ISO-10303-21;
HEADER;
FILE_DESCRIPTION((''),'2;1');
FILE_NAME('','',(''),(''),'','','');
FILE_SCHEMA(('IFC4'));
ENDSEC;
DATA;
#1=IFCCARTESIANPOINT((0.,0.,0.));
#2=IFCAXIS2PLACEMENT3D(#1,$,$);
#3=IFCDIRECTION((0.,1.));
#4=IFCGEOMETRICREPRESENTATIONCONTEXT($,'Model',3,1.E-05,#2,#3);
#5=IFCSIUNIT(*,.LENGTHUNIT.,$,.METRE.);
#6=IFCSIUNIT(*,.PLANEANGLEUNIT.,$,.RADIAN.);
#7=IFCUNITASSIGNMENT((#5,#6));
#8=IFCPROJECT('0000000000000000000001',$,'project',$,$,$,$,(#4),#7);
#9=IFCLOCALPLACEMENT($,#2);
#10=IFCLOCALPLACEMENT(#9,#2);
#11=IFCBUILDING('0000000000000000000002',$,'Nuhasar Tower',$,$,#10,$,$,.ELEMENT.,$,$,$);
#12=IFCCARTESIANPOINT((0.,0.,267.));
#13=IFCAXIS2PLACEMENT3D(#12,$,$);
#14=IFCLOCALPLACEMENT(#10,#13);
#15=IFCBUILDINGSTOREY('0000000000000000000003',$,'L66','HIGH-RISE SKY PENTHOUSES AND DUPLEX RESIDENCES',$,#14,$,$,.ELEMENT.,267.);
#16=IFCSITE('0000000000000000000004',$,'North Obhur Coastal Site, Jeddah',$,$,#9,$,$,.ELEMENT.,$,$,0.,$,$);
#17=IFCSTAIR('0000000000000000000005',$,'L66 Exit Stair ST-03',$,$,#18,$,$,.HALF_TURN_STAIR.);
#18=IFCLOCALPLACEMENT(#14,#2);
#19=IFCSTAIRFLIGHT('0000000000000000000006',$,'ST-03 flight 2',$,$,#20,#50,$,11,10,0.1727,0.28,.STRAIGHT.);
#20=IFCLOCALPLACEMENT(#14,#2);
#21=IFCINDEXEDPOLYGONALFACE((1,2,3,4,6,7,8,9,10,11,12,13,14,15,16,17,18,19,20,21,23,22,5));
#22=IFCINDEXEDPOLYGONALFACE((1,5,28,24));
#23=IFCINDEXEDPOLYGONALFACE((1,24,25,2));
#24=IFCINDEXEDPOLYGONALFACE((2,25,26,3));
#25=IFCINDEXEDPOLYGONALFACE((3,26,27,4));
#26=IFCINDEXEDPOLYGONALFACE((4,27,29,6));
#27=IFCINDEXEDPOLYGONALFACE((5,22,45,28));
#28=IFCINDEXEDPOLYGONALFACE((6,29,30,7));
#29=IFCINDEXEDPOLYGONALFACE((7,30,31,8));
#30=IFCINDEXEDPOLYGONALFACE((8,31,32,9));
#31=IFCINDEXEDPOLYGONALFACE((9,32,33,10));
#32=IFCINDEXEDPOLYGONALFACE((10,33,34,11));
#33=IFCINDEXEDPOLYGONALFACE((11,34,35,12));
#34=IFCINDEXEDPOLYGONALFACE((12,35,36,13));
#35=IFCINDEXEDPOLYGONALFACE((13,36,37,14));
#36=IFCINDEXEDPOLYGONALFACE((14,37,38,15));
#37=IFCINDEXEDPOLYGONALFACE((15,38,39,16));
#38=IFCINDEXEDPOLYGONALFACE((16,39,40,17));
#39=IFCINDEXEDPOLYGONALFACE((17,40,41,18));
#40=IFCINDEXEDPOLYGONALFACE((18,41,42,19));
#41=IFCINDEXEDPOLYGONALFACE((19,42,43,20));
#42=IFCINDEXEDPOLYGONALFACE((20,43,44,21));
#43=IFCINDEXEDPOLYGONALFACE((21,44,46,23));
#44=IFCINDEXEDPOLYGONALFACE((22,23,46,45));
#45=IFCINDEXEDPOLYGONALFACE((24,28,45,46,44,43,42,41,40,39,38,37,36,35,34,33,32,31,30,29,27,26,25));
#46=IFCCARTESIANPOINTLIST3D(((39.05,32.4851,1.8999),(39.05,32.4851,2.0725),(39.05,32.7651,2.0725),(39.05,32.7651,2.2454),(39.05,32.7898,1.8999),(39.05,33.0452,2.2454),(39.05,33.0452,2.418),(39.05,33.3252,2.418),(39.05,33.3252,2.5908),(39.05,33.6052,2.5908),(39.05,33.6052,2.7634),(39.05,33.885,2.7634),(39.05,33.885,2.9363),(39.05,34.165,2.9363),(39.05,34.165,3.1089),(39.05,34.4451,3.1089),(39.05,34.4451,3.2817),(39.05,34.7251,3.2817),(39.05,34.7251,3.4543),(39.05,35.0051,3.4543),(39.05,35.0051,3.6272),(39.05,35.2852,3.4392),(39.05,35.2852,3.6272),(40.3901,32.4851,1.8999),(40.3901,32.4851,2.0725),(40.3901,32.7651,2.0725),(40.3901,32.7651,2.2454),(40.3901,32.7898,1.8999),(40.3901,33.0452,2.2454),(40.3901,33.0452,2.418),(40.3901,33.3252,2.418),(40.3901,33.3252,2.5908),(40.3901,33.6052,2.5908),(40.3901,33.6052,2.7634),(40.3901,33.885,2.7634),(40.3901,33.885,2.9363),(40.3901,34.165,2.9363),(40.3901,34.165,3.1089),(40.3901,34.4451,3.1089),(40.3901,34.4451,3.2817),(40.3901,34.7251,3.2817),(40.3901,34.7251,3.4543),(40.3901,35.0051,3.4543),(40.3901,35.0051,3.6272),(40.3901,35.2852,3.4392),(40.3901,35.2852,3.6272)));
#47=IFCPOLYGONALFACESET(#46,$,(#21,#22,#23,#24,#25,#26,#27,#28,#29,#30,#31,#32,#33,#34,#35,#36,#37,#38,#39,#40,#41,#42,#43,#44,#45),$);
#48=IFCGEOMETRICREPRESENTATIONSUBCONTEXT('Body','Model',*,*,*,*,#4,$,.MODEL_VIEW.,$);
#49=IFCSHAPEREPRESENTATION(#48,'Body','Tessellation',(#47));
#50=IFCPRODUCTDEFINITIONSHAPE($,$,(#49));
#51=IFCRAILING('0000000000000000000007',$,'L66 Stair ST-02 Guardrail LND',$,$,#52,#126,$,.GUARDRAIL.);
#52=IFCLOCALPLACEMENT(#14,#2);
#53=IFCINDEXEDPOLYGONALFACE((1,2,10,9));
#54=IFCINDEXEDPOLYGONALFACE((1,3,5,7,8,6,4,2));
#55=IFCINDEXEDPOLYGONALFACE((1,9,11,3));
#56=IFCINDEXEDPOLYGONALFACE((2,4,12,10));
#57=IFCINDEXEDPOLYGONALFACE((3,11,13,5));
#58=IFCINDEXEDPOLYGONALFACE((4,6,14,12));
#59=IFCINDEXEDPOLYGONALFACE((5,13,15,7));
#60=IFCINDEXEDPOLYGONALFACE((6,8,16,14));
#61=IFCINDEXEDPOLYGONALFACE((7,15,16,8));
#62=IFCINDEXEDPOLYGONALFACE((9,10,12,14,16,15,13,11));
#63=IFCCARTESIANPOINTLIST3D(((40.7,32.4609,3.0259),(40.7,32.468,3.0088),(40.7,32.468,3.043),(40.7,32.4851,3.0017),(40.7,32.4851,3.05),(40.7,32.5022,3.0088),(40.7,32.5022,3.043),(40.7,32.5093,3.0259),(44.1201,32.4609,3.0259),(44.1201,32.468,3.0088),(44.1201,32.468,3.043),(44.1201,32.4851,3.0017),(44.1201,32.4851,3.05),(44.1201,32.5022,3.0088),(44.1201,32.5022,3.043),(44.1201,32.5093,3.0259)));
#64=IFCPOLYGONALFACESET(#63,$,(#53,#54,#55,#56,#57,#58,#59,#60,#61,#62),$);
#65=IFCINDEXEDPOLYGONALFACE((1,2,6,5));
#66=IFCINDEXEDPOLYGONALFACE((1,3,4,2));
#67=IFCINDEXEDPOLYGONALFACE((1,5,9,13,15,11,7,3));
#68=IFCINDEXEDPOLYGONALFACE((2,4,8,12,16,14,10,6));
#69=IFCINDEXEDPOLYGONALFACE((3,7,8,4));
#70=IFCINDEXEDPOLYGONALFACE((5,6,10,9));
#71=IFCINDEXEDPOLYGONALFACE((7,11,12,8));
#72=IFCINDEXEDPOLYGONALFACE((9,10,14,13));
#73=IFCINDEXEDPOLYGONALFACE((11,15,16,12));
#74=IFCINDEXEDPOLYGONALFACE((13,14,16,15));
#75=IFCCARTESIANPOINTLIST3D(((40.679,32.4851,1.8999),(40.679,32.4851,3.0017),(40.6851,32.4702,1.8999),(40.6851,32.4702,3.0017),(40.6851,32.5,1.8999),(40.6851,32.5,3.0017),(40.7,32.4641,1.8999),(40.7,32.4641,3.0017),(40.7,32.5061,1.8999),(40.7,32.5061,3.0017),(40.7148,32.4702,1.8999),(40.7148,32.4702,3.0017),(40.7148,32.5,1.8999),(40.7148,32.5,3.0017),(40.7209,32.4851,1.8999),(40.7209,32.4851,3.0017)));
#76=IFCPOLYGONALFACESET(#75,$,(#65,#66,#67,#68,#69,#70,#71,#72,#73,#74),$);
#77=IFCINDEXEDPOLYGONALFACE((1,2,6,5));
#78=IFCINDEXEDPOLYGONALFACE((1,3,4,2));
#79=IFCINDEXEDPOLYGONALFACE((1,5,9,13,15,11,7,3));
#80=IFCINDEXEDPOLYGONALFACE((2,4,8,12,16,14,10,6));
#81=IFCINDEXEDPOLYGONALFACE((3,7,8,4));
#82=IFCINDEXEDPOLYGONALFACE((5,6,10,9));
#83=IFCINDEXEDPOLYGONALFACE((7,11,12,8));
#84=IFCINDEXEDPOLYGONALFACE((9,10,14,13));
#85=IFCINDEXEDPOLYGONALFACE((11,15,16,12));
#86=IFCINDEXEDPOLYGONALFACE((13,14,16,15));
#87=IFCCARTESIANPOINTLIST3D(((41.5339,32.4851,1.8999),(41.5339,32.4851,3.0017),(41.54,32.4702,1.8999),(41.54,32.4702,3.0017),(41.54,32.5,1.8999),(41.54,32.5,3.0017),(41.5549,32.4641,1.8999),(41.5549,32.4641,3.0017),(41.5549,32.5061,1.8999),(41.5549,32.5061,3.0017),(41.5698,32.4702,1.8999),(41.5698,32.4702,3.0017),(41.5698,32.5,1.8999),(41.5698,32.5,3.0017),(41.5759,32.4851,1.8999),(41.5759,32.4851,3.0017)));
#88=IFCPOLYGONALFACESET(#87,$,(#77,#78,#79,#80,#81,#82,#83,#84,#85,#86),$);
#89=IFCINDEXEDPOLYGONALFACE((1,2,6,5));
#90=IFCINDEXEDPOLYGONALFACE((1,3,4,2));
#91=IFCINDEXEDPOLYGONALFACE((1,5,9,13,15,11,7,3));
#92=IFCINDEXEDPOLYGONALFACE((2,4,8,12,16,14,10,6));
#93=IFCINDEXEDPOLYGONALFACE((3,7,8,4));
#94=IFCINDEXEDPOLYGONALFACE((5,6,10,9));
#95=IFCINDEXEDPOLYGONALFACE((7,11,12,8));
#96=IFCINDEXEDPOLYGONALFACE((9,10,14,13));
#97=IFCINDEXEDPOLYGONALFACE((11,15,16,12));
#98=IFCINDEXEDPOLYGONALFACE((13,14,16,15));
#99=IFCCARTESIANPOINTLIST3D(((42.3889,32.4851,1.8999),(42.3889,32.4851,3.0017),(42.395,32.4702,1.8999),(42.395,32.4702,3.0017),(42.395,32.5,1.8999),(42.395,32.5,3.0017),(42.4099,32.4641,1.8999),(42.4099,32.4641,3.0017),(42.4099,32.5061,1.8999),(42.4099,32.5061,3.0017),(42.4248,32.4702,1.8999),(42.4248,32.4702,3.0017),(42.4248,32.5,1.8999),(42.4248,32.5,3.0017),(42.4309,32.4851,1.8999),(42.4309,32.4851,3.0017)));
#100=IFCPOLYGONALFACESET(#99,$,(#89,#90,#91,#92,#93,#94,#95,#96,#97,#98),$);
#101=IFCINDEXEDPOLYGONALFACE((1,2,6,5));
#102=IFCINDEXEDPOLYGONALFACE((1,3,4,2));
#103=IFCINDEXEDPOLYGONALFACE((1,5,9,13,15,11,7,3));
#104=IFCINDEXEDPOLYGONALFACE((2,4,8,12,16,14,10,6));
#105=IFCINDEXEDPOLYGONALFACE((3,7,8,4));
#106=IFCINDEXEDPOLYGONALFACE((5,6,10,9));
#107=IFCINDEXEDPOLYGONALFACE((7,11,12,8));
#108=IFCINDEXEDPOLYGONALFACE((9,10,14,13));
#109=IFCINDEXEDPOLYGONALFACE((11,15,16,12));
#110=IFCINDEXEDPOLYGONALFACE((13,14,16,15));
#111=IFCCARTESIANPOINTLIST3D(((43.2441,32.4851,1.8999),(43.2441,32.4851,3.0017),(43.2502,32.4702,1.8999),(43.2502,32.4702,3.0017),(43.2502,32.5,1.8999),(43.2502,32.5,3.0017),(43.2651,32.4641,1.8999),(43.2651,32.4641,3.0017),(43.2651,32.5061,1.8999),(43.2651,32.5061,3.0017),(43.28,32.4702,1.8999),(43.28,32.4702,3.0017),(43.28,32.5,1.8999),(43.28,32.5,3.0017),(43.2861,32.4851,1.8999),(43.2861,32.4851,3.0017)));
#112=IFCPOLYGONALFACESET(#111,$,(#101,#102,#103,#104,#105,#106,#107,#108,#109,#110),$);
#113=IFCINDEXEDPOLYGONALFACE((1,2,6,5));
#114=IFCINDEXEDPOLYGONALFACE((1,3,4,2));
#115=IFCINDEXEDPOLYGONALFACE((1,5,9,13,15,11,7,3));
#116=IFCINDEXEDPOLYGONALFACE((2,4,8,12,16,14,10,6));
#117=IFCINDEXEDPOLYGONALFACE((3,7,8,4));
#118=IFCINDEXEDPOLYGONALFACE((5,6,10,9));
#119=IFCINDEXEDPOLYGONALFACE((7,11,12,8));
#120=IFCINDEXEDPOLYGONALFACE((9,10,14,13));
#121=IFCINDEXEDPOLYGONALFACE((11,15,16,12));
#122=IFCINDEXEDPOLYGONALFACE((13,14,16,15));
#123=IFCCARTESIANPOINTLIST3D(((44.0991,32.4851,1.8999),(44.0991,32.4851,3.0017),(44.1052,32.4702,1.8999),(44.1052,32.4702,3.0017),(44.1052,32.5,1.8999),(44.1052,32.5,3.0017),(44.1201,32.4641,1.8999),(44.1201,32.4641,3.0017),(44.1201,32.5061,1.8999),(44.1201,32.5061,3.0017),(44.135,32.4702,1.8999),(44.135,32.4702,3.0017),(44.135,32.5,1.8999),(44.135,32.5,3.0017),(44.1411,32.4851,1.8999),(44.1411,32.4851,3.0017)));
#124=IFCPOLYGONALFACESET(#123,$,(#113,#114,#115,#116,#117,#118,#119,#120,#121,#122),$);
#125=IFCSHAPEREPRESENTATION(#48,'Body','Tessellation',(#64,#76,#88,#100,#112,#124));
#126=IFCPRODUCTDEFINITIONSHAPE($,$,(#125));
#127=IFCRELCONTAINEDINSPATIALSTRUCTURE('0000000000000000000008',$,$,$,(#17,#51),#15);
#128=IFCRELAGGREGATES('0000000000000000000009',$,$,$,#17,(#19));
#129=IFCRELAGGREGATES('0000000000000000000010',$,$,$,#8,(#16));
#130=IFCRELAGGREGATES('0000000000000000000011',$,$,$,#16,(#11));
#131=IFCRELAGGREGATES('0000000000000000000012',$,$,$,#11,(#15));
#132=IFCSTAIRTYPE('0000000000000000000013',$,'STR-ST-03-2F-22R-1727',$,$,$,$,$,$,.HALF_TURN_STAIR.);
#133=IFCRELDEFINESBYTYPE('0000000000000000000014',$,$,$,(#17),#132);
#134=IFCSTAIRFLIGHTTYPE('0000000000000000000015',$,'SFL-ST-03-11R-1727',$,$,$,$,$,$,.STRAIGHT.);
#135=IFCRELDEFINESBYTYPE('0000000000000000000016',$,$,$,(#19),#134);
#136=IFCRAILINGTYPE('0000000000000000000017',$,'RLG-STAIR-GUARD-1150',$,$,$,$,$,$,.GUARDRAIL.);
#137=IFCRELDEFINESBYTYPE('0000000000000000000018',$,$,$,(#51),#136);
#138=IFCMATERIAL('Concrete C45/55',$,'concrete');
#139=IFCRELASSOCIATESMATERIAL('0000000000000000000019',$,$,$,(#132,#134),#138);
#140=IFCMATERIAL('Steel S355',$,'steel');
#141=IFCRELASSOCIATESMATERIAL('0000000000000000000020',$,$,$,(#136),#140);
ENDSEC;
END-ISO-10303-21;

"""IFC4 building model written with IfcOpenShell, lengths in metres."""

from ifc_helpers import new_model, si_unit, direction, frame, origin, place, context, subcontext, project, spatial, polyline, outline, extrude, material, type_object, element, aggregate, save


model = new_model("IFC4")

# Units and contexts
model_context = context("Model", 3, precision=1e-05, world=origin(), true_north=direction((0.0, 1.0)))
body_context = subcontext(model_context, "Body", "Model", "MODEL_VIEW")
ifc_project = project(units=[si_unit("LENGTHUNIT", "METRE"), si_unit("PLANEANGLEUNIT", "RADIAN")], contexts=[model_context])

# Site, building, storey
site_placement = place(None, origin())
site = spatial("IfcSite", under=ifc_project, at=site_placement, Name="North Obhur Coastal Site, Jeddah", CompositionType="ELEMENT", RefElevation=0.0)
building_placement = place(site_placement, origin())
building = spatial("IfcBuilding", under=site, at=building_placement, Name="Nuhasar Tower", CompositionType="ELEMENT")
storey_placement = place(building_placement, frame((0.0, 0.0, 267.0)))
storey = spatial("IfcBuildingStorey", under=building, at=storey_placement, Name="L66", Description="HIGH-RISE SKY PENTHOUSES AND DUPLEX RESIDENCES", CompositionType="ELEMENT", Elevation=267.0)

# Shared definitions
ifc_material_1 = material(Name="Steel S355", Category="steel")

# Shared definitions
ifc_material_2 = material(Name="Concrete C45/55", Category="concrete")

# Stair, stair flight
stair_type_1 = type_object("IfcStairType", Name="STR-ST-03-2F-22R-1727", PredefinedType="HALF_TURN_STAIR", material=ifc_material_2)
stair_1_placement = place(storey_placement, origin())
stair_1 = element("IfcStair", 1, at=stair_1_placement, inside=storey, type_object=stair_type_1, Name="L66 Exit Stair ST-03", PredefinedType="HALF_TURN_STAIR")
stair_flight_type_1 = type_object("IfcStairFlightType", Name="SFL-ST-03-11R-1727", PredefinedType="STRAIGHT", material=ifc_material_2)
stair_flight_1_placement = place(storey_placement, frame((39.72, 32.4851, 1.8999), z_axis=(0.0, 0.0, 1.0), x_axis=(0.0, 1.0, 0.0)))
stair_flight_1 = element("IfcStairFlight", 2, at=stair_flight_1_placement, type_object=stair_flight_type_1, Name="ST-03 flight 2", NumberOfRisers=11, NumberOfTreads=10, PredefinedType="STRAIGHT", RiserHeight=0.1727, TreadLength=0.28, context=body_context, shape_type="SweptSolid", body=[
    extrude(outline(polyline([(0.0, 0.0), (0.0, 0.1726), (0.28, 0.1726), (0.28, 0.3455), (0.5601, 0.3455), (0.5601, 0.5181), (0.8401, 0.5181), (0.8401, 0.6909), (1.1201, 0.6909), (1.1201, 0.8635), (1.3999, 0.8635), (1.3999, 1.0364), (1.6799, 1.0364), (1.6799, 1.209), (1.96, 1.209), (1.96, 1.3818), (2.24, 1.3818), (2.24, 1.5544), (2.52, 1.5544), (2.52, 1.7273), (2.8, 1.7273), (2.8, 1.8999), (2.8, 1.5393), (0.3047, 0.0), (0.0, 0.0)])), frame((0.0, 0.6699, 0.0), z_axis=(0.0, -1.0, 0.0), x_axis=(1.0, 0.0, 0.0)), (0.0, 0.0, 1.0), 1.3401),
])
aggregate(stair_1, [stair_flight_1])

# Railing
railing_type_1 = type_object("IfcRailingType", Name="RLG-STAIR-GUARD-1150", PredefinedType="GUARDRAIL", material=ifc_material_1)
railing_1_placement = place(storey_placement, frame((40.7, 32.4851, 1.8999)))
element("IfcRailing", 3, at=railing_1_placement, inside=storey, type_object=railing_type_1, Name="L66 Stair ST-02 Guardrail LND", PredefinedType="GUARDRAIL", context=body_context, shape_type="SweptSolid", body=[
    extrude(outline(polyline([(0.0242, 0.0), (0.0171, 0.0171), (0.0, 0.0242), (-0.0171, 0.0171), (-0.0242, 0.0), (-0.0171, -0.0171), (0.0, -0.0242), (0.0171, -0.0171), (0.0242, 0.0)])), frame((0.0, 0.0, 1.126), z_axis=(1.0, 0.0, 0.0), x_axis=(0.0, 1.0, 0.0)), (0.0, 0.0, 1.0), 3.4202),
    extrude(outline(polyline([(0.021, 0.0), (0.0149, 0.0149), (0.0, 0.021), (-0.0149, 0.0149), (-0.021, 0.0), (-0.0149, -0.0149), (0.0, -0.021), (0.0149, -0.0149), (0.021, 0.0)])), origin(), (0.0, 0.0, 1.0), 1.1018),
    extrude(outline(polyline([(0.021, 0.0), (0.0149, 0.0149), (0.0, 0.021), (-0.0149, 0.0149), (-0.021, 0.0), (-0.0149, -0.0149), (0.0, -0.021), (0.0149, -0.0149), (0.021, 0.0)])), frame((0.855, 0.0, 0.0)), (0.0, 0.0, 1.0), 1.1018),
    extrude(outline(polyline([(0.021, 0.0), (0.0149, 0.0149), (0.0, 0.021), (-0.0149, 0.0149), (-0.021, 0.0), (-0.0149, -0.0149), (0.0, -0.021), (0.0149, -0.0149), (0.021, 0.0)])), frame((1.71, 0.0, 0.0)), (0.0, 0.0, 1.0), 1.1018),
    extrude(outline(polyline([(0.021, 0.0), (0.0149, 0.0149), (0.0, 0.021), (-0.0149, 0.0149), (-0.021, 0.0), (-0.0149, -0.0149), (0.0, -0.021), (0.0149, -0.0149), (0.021, 0.0)])), frame((2.5652, 0.0, 0.0)), (0.0, 0.0, 1.0), 1.1018),
    extrude(outline(polyline([(0.021, 0.0), (0.0149, 0.0149), (0.0, 0.021), (-0.0149, 0.0149), (-0.021, 0.0), (-0.0149, -0.0149), (0.0, -0.021), (0.0149, -0.0149), (0.021, 0.0)])), frame((3.4202, 0.0, 0.0)), (0.0, 0.0, 1.0), 1.1018),
])

save(model, "model.ifc")
